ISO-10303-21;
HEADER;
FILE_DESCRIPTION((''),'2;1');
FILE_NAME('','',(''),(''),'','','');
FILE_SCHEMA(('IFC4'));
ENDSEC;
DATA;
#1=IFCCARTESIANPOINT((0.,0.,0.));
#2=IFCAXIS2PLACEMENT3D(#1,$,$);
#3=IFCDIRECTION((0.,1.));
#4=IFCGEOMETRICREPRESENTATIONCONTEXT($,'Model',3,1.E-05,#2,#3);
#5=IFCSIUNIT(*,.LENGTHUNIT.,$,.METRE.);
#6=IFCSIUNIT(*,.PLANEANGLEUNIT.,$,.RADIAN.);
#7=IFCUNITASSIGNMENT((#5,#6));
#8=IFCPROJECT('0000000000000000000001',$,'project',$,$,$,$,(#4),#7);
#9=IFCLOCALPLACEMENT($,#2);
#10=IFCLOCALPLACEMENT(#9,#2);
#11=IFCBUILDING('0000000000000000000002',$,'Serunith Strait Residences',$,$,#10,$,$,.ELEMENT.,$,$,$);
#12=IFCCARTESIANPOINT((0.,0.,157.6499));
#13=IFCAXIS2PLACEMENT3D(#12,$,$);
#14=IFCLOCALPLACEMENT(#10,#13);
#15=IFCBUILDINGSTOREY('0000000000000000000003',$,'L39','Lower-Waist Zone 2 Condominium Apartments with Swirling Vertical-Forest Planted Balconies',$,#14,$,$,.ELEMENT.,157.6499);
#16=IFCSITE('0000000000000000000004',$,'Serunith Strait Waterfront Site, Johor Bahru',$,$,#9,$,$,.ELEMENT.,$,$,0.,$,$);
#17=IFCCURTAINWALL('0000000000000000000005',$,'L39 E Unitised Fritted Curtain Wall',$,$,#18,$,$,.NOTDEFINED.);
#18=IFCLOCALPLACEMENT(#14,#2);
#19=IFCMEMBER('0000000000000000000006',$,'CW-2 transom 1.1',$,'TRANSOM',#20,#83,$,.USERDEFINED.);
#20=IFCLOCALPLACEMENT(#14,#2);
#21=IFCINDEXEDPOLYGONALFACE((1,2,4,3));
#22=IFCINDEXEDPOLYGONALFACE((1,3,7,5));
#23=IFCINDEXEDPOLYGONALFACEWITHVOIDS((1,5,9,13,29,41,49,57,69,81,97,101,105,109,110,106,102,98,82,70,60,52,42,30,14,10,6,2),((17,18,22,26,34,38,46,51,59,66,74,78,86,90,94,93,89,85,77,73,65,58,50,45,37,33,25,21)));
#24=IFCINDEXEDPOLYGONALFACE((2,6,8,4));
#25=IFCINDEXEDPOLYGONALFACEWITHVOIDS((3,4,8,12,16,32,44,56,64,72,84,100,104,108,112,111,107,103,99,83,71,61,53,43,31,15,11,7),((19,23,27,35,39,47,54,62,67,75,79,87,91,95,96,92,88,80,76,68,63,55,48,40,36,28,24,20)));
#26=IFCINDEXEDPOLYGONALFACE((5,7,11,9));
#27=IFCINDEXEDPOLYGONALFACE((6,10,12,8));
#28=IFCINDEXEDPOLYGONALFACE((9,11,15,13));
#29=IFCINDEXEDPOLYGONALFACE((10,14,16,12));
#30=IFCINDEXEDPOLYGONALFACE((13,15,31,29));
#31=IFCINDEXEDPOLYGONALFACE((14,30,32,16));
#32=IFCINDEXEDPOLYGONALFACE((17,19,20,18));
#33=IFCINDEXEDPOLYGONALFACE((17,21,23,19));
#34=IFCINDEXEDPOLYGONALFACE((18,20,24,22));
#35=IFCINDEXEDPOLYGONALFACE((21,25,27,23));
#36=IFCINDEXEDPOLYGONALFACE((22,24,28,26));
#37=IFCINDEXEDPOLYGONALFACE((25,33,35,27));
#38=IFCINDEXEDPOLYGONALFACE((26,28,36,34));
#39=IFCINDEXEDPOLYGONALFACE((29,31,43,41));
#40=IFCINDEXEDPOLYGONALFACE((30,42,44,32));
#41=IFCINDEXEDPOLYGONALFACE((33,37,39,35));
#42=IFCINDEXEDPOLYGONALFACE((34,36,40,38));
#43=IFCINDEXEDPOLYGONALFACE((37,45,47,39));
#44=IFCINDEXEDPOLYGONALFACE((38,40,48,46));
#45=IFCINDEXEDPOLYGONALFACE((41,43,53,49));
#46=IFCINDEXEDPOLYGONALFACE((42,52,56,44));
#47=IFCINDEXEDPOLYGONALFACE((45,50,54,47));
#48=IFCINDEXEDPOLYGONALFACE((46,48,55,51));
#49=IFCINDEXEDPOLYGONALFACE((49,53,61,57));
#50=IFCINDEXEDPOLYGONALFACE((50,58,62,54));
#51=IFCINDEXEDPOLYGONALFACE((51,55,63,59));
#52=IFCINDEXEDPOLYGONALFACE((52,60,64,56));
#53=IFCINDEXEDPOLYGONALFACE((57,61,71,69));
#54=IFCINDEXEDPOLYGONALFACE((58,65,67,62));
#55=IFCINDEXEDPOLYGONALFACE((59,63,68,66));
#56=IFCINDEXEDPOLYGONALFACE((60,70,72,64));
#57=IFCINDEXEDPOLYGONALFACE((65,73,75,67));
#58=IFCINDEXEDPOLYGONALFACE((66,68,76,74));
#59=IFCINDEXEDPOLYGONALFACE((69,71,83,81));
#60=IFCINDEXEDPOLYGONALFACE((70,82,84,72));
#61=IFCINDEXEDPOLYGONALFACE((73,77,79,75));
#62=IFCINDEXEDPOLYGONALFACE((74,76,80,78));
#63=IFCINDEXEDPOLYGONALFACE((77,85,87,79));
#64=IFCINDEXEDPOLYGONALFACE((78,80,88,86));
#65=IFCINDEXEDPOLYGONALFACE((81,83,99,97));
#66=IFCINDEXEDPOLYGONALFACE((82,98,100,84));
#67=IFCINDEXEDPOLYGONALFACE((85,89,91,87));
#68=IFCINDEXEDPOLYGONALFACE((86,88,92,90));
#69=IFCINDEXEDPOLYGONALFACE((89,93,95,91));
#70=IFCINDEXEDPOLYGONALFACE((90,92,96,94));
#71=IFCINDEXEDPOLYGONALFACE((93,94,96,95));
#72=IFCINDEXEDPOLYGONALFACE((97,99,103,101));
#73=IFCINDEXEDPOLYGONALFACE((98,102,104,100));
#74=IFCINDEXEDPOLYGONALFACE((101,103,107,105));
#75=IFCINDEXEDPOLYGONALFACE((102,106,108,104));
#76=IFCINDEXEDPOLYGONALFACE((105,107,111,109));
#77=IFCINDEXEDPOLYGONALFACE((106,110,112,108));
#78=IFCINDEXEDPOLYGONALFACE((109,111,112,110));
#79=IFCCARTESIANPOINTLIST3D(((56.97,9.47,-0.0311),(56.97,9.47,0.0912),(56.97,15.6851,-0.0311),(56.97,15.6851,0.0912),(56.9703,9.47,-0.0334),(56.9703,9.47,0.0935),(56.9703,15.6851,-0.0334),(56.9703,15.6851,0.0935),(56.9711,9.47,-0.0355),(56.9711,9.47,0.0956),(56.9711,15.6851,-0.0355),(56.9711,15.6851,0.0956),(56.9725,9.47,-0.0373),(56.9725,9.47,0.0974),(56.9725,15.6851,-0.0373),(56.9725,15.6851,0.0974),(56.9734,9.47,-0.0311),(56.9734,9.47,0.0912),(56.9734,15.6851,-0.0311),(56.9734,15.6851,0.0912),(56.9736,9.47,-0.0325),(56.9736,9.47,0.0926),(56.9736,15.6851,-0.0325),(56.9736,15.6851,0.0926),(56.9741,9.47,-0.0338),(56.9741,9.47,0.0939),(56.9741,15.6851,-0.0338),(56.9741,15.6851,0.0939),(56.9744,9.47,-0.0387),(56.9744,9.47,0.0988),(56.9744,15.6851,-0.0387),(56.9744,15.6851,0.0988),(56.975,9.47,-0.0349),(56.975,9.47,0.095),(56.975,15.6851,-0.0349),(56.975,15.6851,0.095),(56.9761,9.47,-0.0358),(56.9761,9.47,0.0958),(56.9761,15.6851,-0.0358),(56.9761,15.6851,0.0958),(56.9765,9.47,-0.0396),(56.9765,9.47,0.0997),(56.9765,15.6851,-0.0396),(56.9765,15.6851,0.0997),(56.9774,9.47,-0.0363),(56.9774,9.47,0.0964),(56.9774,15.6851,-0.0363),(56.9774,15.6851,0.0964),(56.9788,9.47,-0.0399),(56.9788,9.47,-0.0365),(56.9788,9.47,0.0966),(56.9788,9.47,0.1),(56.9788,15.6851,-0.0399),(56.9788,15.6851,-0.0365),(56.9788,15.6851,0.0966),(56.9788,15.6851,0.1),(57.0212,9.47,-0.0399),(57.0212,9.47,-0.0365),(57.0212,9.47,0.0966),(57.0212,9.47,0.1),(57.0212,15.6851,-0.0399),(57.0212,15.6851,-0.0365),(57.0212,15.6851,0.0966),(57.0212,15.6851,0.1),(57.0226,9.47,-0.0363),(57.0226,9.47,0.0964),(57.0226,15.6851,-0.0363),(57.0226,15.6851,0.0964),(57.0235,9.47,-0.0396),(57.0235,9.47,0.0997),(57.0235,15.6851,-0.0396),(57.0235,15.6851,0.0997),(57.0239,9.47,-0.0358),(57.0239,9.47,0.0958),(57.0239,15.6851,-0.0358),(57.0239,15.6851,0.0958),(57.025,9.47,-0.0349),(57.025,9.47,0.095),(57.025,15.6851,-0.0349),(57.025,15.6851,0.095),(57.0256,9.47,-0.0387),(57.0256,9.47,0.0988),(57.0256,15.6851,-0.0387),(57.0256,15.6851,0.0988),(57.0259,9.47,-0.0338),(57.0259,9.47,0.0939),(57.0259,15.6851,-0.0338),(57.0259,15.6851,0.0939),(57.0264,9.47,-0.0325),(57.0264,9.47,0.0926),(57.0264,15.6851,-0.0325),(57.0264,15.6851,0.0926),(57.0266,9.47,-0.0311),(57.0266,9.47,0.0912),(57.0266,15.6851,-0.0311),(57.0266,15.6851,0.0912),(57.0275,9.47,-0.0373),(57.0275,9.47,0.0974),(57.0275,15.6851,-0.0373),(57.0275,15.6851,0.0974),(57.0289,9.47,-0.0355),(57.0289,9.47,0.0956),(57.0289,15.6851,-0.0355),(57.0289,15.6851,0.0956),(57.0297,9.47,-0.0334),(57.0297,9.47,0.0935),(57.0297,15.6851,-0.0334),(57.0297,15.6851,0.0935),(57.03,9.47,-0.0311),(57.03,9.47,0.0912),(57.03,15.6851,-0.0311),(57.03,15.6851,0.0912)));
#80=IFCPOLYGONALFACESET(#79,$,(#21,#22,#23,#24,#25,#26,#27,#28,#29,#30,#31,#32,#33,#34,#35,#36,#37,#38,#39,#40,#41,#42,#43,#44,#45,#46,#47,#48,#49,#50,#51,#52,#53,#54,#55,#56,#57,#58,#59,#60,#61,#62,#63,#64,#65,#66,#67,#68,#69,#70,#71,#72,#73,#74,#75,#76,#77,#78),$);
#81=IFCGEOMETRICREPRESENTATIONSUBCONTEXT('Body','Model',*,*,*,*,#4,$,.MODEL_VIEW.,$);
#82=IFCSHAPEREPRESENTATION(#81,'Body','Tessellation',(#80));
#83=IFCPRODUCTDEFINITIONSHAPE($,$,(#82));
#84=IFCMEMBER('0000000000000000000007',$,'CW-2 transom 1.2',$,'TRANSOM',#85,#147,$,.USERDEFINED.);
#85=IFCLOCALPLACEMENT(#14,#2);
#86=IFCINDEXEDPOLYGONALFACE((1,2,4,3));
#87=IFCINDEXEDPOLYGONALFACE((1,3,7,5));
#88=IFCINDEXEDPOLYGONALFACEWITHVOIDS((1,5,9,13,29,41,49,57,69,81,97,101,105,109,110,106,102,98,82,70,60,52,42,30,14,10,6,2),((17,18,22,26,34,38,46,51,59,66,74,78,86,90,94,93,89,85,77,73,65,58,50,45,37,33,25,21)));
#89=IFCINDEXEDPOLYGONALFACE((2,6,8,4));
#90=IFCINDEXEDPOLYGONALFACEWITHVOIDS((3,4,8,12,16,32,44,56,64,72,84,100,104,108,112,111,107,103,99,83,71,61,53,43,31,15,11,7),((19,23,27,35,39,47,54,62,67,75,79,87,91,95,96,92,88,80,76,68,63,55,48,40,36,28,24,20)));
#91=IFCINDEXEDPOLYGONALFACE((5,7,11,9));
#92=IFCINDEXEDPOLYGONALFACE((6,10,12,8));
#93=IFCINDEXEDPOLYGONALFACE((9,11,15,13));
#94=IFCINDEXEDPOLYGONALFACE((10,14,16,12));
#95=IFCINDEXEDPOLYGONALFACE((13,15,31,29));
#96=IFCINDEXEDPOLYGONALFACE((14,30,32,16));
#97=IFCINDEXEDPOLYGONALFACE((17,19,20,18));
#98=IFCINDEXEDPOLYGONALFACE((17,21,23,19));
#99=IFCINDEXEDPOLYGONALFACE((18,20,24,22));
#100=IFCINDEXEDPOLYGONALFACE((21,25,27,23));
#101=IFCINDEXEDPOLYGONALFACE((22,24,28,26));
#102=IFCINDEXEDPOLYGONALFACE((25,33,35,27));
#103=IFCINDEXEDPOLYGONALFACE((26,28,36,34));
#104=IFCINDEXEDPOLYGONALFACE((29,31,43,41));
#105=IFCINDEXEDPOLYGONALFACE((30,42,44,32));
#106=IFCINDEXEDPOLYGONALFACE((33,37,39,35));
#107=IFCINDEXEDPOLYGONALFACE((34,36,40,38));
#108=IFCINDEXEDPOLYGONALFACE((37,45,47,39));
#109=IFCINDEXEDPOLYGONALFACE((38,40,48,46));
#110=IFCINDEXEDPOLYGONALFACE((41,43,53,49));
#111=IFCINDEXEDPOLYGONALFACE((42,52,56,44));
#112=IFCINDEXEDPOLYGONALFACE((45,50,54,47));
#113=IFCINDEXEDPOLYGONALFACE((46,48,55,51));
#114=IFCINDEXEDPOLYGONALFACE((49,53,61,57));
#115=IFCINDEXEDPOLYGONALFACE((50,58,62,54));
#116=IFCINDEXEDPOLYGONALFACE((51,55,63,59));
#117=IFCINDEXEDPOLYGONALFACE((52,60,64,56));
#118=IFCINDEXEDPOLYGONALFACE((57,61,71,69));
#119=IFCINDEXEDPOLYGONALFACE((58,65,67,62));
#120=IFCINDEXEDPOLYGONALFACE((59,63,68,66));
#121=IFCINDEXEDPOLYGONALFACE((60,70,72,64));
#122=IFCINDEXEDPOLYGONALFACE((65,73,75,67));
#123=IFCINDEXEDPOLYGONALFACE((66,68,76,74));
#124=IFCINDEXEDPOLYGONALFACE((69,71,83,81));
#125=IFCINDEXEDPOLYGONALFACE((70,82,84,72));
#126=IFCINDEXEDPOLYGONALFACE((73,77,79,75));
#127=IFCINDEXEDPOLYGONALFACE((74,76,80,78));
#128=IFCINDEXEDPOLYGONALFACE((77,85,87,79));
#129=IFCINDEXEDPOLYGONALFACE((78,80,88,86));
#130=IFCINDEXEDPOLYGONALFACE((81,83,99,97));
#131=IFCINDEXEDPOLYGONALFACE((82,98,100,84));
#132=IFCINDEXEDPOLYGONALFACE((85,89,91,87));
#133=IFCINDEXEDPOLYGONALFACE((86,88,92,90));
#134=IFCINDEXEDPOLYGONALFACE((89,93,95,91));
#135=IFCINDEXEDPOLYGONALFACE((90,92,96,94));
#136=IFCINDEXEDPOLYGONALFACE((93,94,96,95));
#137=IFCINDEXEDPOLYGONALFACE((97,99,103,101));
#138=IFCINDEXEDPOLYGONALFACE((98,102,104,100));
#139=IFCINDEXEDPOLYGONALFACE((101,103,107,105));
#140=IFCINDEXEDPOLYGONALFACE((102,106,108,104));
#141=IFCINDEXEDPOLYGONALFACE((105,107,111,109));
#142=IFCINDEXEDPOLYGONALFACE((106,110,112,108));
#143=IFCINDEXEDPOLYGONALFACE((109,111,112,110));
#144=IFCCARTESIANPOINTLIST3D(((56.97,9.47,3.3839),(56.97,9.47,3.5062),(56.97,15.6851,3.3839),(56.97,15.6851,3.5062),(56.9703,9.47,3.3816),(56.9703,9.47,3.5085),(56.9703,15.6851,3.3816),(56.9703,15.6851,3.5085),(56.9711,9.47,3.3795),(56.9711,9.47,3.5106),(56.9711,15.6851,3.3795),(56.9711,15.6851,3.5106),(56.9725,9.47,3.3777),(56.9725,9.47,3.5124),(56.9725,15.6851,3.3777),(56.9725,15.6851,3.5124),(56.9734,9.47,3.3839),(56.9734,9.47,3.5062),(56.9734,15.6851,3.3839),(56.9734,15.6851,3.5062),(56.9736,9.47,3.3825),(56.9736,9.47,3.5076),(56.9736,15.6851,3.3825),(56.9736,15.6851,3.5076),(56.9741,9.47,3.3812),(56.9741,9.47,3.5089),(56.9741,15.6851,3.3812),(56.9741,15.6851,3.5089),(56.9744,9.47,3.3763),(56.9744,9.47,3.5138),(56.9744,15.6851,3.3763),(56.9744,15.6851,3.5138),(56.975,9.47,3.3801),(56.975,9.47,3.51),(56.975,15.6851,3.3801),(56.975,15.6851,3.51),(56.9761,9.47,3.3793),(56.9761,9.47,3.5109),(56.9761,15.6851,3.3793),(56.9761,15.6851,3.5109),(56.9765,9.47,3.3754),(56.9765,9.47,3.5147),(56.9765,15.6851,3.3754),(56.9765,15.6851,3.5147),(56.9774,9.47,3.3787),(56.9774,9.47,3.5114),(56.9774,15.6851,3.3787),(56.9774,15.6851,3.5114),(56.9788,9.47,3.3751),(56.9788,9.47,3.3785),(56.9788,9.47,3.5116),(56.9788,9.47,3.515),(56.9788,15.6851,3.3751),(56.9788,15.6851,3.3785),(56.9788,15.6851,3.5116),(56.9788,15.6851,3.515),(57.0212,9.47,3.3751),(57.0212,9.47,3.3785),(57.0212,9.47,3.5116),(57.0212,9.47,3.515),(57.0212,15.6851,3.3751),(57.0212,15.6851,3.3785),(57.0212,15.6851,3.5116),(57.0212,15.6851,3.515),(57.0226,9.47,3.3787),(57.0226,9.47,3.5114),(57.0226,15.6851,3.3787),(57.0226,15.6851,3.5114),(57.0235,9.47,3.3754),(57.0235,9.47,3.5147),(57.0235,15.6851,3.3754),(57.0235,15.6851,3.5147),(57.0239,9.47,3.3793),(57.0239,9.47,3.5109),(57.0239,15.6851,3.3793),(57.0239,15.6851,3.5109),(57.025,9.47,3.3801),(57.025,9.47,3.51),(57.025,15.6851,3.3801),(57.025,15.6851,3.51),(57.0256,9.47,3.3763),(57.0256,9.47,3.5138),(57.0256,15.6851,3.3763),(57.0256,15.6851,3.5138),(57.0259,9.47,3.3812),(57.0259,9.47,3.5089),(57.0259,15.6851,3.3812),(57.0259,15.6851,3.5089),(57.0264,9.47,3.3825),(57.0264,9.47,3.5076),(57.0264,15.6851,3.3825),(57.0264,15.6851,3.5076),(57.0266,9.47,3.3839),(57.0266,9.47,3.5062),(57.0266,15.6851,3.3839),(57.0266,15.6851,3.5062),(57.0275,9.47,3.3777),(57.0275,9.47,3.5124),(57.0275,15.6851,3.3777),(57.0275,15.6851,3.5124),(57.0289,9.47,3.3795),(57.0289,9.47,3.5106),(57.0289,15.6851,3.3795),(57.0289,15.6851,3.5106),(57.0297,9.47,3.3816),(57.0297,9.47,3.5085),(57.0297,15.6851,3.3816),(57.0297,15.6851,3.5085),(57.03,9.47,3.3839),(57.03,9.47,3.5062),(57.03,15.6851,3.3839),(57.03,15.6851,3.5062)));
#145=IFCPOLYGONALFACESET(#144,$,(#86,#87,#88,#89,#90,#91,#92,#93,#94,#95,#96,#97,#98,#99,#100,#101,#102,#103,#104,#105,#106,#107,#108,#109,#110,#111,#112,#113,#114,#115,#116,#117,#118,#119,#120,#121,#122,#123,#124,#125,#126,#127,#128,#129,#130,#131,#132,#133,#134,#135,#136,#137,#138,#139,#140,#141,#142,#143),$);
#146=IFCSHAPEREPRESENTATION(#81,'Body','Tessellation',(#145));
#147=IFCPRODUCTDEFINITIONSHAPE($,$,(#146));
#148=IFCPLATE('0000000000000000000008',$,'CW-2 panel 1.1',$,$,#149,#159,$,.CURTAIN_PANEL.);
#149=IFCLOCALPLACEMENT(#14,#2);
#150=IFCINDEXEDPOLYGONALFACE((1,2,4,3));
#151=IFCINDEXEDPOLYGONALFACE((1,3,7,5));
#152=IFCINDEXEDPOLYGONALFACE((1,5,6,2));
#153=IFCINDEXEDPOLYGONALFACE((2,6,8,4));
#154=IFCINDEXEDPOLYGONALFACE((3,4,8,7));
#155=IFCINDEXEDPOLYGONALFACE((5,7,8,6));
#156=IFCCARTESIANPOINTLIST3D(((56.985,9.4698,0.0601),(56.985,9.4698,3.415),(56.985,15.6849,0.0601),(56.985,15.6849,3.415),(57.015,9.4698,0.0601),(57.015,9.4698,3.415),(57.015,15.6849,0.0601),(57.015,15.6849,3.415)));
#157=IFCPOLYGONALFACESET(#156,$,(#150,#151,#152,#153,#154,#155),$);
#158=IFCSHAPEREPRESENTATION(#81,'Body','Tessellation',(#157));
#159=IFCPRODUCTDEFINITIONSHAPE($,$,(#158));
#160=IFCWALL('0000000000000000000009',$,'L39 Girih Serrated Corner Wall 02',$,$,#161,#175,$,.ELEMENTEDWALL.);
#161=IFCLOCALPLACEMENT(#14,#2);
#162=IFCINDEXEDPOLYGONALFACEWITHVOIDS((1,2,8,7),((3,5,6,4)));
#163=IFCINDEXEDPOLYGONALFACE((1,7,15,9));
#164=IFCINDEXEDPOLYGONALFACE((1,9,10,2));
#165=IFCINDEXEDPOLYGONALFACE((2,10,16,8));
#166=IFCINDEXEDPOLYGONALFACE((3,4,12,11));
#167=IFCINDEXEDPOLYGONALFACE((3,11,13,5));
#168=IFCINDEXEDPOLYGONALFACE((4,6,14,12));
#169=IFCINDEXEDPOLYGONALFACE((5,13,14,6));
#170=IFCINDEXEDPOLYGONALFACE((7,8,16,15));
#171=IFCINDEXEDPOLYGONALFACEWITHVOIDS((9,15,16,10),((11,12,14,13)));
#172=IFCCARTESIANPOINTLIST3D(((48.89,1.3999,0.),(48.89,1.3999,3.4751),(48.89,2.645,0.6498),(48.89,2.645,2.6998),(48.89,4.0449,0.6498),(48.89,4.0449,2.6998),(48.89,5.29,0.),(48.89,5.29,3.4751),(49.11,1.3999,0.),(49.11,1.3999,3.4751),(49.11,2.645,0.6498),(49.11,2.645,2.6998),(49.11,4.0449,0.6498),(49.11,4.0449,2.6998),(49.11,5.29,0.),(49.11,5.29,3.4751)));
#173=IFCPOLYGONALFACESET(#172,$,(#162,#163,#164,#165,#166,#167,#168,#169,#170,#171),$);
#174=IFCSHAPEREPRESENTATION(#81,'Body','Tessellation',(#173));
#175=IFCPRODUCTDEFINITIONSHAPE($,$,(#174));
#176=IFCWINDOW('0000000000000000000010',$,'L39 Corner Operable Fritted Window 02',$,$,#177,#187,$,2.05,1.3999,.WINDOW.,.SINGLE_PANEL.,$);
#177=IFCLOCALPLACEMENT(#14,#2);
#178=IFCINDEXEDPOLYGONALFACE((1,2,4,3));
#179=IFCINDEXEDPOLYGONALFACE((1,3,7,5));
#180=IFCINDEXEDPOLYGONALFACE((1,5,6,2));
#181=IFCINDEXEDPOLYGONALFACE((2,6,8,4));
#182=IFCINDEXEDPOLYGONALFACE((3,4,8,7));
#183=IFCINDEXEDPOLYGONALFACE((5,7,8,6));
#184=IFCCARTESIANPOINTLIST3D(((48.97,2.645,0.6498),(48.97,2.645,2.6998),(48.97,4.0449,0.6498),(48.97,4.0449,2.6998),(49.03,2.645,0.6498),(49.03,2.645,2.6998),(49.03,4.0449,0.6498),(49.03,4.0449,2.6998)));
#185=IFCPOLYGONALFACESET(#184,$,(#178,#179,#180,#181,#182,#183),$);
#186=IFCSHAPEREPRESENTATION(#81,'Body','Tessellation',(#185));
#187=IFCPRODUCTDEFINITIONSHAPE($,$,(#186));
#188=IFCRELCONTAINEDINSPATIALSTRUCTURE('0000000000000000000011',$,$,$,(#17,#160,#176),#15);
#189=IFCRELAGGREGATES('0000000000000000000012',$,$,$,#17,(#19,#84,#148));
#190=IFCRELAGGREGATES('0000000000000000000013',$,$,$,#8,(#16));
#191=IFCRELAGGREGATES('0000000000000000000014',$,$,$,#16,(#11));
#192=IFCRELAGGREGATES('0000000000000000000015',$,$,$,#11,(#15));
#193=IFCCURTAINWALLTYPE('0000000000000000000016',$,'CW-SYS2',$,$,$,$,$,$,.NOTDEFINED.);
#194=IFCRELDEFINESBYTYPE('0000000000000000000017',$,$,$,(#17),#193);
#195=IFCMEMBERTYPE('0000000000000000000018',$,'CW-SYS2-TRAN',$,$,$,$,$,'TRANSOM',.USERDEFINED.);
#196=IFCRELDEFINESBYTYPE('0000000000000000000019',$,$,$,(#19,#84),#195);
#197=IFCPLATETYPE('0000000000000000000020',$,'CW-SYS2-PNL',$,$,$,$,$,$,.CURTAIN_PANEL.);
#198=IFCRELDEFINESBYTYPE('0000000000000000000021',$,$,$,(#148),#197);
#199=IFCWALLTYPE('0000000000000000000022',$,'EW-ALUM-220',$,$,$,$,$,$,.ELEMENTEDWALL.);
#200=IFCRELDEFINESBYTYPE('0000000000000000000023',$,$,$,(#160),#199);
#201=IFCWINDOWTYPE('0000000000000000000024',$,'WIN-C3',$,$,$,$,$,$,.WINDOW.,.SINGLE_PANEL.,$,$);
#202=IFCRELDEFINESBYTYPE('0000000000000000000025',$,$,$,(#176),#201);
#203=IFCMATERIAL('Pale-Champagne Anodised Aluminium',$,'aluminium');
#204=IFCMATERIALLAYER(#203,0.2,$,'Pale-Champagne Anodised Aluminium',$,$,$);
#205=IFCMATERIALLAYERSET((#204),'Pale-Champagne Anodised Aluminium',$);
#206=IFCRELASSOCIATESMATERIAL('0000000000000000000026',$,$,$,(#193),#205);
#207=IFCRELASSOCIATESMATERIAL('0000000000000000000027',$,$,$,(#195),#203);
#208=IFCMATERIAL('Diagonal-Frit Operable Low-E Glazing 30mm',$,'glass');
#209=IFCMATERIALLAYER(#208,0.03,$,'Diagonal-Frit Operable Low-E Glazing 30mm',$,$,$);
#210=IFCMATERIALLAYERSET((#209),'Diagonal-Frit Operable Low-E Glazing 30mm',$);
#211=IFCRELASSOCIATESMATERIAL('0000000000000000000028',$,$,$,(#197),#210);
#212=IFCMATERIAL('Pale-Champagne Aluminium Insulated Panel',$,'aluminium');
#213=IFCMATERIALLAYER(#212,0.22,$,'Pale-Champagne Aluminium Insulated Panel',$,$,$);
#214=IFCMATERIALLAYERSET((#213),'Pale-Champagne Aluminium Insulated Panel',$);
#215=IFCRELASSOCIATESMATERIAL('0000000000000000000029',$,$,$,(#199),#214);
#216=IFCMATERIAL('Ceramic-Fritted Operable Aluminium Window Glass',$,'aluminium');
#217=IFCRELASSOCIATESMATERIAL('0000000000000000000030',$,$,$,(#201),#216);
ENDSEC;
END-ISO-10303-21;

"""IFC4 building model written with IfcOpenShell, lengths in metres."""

from ifc_helpers import new_model, si_unit, direction, frame, frame_2d, origin, origin_2d, place, context, subcontext, project, spatial, rectangle, hollow_rectangle, extrude, source, transform, mapped, material, layer, layer_set, material_profile, profile_set, type_object, element, fill, aggregate, save


model = new_model("IFC4")

# Units and contexts
model_context = context("Model", 3, precision=1e-05, world=origin(), true_north=direction((0.0, 1.0)))
body_context = subcontext(model_context, "Body", "Model", "MODEL_VIEW")
ifc_project = project(units=[si_unit("LENGTHUNIT", "METRE"), si_unit("PLANEANGLEUNIT", "RADIAN")], contexts=[model_context])

# Site, building, storey
site_placement = place(None, origin())
site = spatial("IfcSite", under=ifc_project, at=site_placement, Name="Serunith Strait Waterfront Site, Johor Bahru", CompositionType="ELEMENT", RefElevation=0.0)
building_placement = place(site_placement, origin())
building = spatial("IfcBuilding", under=site, at=building_placement, Name="Serunith Strait Residences", CompositionType="ELEMENT")
storey_placement = place(building_placement, frame((0.0, 0.0, 157.6499)))
storey = spatial("IfcBuildingStorey", under=building, at=storey_placement, Name="L39", Description="Lower-Waist Zone 2 Condominium Apartments with Swirling Vertical-Forest Planted Balconies", CompositionType="ELEMENT", Elevation=157.6499)

# Shared definitions
ifc_material_1 = material(Name="Pale-Champagne Anodised Aluminium", Category="aluminium")
ifc_layer_1 = layer(ifc_material_1, 0.2, Name="Pale-Champagne Anodised Aluminium")
ifc_layer_set_1 = layer_set([ifc_layer_1], Name="Pale-Champagne Anodised Aluminium")
curtain_wall_type = type_object("IfcCurtainWallType", Name="CW-SYS2", PredefinedType="NOTDEFINED", material=ifc_layer_set_1)

# Curtain wall, members, plate
curtain_wall_1_placement = place(storey_placement, origin())
curtain_wall_1 = element("IfcCurtainWall", 1, at=curtain_wall_1_placement, inside=storey, type_object=curtain_wall_type, Name="L39 E Unitised Fritted Curtain Wall", PredefinedType="NOTDEFINED")
ifc_material_profile_1 = material_profile(ifc_material_1, hollow_rectangle(XDim=0.0601, YDim=0.1399, WallThickness=0.0034, InnerFilletRadius=0.0054, OuterFilletRadius=0.0088, at=origin_2d()), Name="ALU 140x60x3.5")
ifc_profile_set_1 = profile_set([ifc_material_profile_1], Name="Pale-Champagne Anodised Aluminium")
member_type_1 = type_object("IfcMemberType", Name="CW-SYS2-TRAN", ElementType="TRANSOM", PredefinedType="USERDEFINED", material=ifc_profile_set_1)
shared_shape_1 = source(origin(), body_context, "Body", "SweptSolid", [
    extrude(hollow_rectangle(XDim=0.0601, YDim=0.1399, WallThickness=0.0034, InnerFilletRadius=0.0054, OuterFilletRadius=0.0088, at=origin_2d()), origin(), (0.0, 0.0, 1.0), 6.2151),
])
member_1_placement = place(storey_placement, frame((57.0, 9.47, 0.03), z_axis=(0.0, 1.0, 0.0), x_axis=(-1.0, 0.0, 0.0)))
member_1 = element("IfcMember", 2, at=member_1_placement, type_object=member_type_1, Name="CW-2 transom 1.1", ObjectType="TRANSOM", PredefinedType="USERDEFINED", context=body_context, shape_type="MappedRepresentation", body=[
    mapped(shared_shape_1, transform((0.0, 0.0, 0.0), scale=1.0)),
])
member_2_placement = place(storey_placement, frame((57.0, 9.47, 3.4451), z_axis=(0.0, 1.0, 0.0), x_axis=(-1.0, 0.0, 0.0)))
member_2 = element("IfcMember", 3, at=member_2_placement, type_object=member_type_1, Name="CW-2 transom 1.2", ObjectType="TRANSOM", PredefinedType="USERDEFINED", context=body_context, shape_type="MappedRepresentation", body=[
    mapped(shared_shape_1, transform((0.0, 0.0, 0.0), scale=1.0)),
])
ifc_material_2 = material(Name="Diagonal-Frit Operable Low-E Glazing 30mm", Category="glass")
ifc_layer_2 = layer(ifc_material_2, 0.03, Name="Diagonal-Frit Operable Low-E Glazing 30mm")
ifc_layer_set_2 = layer_set([ifc_layer_2], Name="Diagonal-Frit Operable Low-E Glazing 30mm")
plate_type = type_object("IfcPlateType", Name="CW-SYS2-PNL", PredefinedType="CURTAIN_PANEL", material=ifc_layer_set_2)
shared_shape_2 = source(origin(), body_context, "Body", "SweptSolid", [
    extrude(rectangle(XDim=6.2151, YDim=0.03, at=origin_2d()), origin(), (0.0, 0.0, 1.0), 3.355),
])
plate_placement = place(storey_placement, frame((57.0, 12.5774, 0.0601), z_axis=(0.0, 0.0, 1.0), x_axis=(0.0, 1.0, 0.0)))
plate = element("IfcPlate", 4, at=plate_placement, type_object=plate_type, Name="CW-2 panel 1.1", PredefinedType="CURTAIN_PANEL", context=body_context, shape_type="MappedRepresentation", body=[
    mapped(shared_shape_2, transform((0.0, 0.0, 0.0), scale=1.0)),
])
aggregate(curtain_wall_1, [member_1, member_2, plate])

# Wall, opening, window
ifc_material_3 = material(Name="Pale-Champagne Aluminium Insulated Panel", Category="aluminium")
ifc_layer_3 = layer(ifc_material_3, 0.22, Name="Pale-Champagne Aluminium Insulated Panel")
ifc_layer_set_3 = layer_set([ifc_layer_3], Name="Pale-Champagne Aluminium Insulated Panel")
wall_type_1 = type_object("IfcWallType", Name="EW-ALUM-220", PredefinedType="ELEMENTEDWALL", material=ifc_layer_set_3)
wall_1_placement = place(storey_placement, frame((49.0, 1.3999, 0.0), z_axis=(0.0, 0.0, 1.0), x_axis=(0.0, 1.0, 0.0)))
wall_1 = element("IfcWall", 5, at=wall_1_placement, inside=storey, type_object=wall_type_1, Name="L39 Girih Serrated Corner Wall 02", PredefinedType="ELEMENTEDWALL", context=body_context, shape_type="SweptSolid", body=[
    extrude(rectangle(XDim=3.8901, YDim=0.22, at=frame_2d((1.9451, 0.0))), origin(), (0.0, 0.0, 1.0), 3.4751),
])
opening_1_placement = place(wall_1_placement, frame((1.2451, 0.0, 0.6499)))
opening_1 = element("IfcOpeningElement", 6, at=opening_1_placement, cuts=wall_1, PredefinedType="OPENING", context=body_context, shape_type="SweptSolid", body=[
    extrude(rectangle(XDim=1.3999, YDim=2.05, at=frame_2d((0.7, 1.0249))), frame((0.0, 0.1201, 0.0), z_axis=(0.0, -1.0, 0.0), x_axis=(1.0, 0.0, 0.0)), (0.0, 0.0, 1.0), 0.24),
])
ifc_material_4 = material(Name="Ceramic-Fritted Operable Aluminium Window Glass", Category="aluminium")
window_type = type_object("IfcWindowType", Name="WIN-C3", PartitioningType="SINGLE_PANEL", PredefinedType="WINDOW", material=ifc_material_4)
shared_shape_3 = source(origin(), body_context, "Body", "SweptSolid", [
    extrude(rectangle(XDim=1.3999, YDim=2.05, at=frame_2d((0.7, 1.0249))), frame((0.0, 0.03, 0.0), z_axis=(0.0, -1.0, 0.0), x_axis=(1.0, 0.0, 0.0)), (0.0, 0.0, 1.0), 0.0601),
])
window_1_placement = place(opening_1_placement, origin())
window_1 = element("IfcWindow", 7, at=window_1_placement, inside=storey, type_object=window_type, Name="L39 Corner Operable Fritted Window 02", OverallHeight=2.05, OverallWidth=1.3999, PartitioningType="SINGLE_PANEL", PredefinedType="WINDOW", context=body_context, shape_type="MappedRepresentation", body=[
    mapped(shared_shape_3, transform((0.0, 0.0, 0.0), scale=1.0)),
])
fill(opening_1, window_1)

save(model, "model.ifc")
